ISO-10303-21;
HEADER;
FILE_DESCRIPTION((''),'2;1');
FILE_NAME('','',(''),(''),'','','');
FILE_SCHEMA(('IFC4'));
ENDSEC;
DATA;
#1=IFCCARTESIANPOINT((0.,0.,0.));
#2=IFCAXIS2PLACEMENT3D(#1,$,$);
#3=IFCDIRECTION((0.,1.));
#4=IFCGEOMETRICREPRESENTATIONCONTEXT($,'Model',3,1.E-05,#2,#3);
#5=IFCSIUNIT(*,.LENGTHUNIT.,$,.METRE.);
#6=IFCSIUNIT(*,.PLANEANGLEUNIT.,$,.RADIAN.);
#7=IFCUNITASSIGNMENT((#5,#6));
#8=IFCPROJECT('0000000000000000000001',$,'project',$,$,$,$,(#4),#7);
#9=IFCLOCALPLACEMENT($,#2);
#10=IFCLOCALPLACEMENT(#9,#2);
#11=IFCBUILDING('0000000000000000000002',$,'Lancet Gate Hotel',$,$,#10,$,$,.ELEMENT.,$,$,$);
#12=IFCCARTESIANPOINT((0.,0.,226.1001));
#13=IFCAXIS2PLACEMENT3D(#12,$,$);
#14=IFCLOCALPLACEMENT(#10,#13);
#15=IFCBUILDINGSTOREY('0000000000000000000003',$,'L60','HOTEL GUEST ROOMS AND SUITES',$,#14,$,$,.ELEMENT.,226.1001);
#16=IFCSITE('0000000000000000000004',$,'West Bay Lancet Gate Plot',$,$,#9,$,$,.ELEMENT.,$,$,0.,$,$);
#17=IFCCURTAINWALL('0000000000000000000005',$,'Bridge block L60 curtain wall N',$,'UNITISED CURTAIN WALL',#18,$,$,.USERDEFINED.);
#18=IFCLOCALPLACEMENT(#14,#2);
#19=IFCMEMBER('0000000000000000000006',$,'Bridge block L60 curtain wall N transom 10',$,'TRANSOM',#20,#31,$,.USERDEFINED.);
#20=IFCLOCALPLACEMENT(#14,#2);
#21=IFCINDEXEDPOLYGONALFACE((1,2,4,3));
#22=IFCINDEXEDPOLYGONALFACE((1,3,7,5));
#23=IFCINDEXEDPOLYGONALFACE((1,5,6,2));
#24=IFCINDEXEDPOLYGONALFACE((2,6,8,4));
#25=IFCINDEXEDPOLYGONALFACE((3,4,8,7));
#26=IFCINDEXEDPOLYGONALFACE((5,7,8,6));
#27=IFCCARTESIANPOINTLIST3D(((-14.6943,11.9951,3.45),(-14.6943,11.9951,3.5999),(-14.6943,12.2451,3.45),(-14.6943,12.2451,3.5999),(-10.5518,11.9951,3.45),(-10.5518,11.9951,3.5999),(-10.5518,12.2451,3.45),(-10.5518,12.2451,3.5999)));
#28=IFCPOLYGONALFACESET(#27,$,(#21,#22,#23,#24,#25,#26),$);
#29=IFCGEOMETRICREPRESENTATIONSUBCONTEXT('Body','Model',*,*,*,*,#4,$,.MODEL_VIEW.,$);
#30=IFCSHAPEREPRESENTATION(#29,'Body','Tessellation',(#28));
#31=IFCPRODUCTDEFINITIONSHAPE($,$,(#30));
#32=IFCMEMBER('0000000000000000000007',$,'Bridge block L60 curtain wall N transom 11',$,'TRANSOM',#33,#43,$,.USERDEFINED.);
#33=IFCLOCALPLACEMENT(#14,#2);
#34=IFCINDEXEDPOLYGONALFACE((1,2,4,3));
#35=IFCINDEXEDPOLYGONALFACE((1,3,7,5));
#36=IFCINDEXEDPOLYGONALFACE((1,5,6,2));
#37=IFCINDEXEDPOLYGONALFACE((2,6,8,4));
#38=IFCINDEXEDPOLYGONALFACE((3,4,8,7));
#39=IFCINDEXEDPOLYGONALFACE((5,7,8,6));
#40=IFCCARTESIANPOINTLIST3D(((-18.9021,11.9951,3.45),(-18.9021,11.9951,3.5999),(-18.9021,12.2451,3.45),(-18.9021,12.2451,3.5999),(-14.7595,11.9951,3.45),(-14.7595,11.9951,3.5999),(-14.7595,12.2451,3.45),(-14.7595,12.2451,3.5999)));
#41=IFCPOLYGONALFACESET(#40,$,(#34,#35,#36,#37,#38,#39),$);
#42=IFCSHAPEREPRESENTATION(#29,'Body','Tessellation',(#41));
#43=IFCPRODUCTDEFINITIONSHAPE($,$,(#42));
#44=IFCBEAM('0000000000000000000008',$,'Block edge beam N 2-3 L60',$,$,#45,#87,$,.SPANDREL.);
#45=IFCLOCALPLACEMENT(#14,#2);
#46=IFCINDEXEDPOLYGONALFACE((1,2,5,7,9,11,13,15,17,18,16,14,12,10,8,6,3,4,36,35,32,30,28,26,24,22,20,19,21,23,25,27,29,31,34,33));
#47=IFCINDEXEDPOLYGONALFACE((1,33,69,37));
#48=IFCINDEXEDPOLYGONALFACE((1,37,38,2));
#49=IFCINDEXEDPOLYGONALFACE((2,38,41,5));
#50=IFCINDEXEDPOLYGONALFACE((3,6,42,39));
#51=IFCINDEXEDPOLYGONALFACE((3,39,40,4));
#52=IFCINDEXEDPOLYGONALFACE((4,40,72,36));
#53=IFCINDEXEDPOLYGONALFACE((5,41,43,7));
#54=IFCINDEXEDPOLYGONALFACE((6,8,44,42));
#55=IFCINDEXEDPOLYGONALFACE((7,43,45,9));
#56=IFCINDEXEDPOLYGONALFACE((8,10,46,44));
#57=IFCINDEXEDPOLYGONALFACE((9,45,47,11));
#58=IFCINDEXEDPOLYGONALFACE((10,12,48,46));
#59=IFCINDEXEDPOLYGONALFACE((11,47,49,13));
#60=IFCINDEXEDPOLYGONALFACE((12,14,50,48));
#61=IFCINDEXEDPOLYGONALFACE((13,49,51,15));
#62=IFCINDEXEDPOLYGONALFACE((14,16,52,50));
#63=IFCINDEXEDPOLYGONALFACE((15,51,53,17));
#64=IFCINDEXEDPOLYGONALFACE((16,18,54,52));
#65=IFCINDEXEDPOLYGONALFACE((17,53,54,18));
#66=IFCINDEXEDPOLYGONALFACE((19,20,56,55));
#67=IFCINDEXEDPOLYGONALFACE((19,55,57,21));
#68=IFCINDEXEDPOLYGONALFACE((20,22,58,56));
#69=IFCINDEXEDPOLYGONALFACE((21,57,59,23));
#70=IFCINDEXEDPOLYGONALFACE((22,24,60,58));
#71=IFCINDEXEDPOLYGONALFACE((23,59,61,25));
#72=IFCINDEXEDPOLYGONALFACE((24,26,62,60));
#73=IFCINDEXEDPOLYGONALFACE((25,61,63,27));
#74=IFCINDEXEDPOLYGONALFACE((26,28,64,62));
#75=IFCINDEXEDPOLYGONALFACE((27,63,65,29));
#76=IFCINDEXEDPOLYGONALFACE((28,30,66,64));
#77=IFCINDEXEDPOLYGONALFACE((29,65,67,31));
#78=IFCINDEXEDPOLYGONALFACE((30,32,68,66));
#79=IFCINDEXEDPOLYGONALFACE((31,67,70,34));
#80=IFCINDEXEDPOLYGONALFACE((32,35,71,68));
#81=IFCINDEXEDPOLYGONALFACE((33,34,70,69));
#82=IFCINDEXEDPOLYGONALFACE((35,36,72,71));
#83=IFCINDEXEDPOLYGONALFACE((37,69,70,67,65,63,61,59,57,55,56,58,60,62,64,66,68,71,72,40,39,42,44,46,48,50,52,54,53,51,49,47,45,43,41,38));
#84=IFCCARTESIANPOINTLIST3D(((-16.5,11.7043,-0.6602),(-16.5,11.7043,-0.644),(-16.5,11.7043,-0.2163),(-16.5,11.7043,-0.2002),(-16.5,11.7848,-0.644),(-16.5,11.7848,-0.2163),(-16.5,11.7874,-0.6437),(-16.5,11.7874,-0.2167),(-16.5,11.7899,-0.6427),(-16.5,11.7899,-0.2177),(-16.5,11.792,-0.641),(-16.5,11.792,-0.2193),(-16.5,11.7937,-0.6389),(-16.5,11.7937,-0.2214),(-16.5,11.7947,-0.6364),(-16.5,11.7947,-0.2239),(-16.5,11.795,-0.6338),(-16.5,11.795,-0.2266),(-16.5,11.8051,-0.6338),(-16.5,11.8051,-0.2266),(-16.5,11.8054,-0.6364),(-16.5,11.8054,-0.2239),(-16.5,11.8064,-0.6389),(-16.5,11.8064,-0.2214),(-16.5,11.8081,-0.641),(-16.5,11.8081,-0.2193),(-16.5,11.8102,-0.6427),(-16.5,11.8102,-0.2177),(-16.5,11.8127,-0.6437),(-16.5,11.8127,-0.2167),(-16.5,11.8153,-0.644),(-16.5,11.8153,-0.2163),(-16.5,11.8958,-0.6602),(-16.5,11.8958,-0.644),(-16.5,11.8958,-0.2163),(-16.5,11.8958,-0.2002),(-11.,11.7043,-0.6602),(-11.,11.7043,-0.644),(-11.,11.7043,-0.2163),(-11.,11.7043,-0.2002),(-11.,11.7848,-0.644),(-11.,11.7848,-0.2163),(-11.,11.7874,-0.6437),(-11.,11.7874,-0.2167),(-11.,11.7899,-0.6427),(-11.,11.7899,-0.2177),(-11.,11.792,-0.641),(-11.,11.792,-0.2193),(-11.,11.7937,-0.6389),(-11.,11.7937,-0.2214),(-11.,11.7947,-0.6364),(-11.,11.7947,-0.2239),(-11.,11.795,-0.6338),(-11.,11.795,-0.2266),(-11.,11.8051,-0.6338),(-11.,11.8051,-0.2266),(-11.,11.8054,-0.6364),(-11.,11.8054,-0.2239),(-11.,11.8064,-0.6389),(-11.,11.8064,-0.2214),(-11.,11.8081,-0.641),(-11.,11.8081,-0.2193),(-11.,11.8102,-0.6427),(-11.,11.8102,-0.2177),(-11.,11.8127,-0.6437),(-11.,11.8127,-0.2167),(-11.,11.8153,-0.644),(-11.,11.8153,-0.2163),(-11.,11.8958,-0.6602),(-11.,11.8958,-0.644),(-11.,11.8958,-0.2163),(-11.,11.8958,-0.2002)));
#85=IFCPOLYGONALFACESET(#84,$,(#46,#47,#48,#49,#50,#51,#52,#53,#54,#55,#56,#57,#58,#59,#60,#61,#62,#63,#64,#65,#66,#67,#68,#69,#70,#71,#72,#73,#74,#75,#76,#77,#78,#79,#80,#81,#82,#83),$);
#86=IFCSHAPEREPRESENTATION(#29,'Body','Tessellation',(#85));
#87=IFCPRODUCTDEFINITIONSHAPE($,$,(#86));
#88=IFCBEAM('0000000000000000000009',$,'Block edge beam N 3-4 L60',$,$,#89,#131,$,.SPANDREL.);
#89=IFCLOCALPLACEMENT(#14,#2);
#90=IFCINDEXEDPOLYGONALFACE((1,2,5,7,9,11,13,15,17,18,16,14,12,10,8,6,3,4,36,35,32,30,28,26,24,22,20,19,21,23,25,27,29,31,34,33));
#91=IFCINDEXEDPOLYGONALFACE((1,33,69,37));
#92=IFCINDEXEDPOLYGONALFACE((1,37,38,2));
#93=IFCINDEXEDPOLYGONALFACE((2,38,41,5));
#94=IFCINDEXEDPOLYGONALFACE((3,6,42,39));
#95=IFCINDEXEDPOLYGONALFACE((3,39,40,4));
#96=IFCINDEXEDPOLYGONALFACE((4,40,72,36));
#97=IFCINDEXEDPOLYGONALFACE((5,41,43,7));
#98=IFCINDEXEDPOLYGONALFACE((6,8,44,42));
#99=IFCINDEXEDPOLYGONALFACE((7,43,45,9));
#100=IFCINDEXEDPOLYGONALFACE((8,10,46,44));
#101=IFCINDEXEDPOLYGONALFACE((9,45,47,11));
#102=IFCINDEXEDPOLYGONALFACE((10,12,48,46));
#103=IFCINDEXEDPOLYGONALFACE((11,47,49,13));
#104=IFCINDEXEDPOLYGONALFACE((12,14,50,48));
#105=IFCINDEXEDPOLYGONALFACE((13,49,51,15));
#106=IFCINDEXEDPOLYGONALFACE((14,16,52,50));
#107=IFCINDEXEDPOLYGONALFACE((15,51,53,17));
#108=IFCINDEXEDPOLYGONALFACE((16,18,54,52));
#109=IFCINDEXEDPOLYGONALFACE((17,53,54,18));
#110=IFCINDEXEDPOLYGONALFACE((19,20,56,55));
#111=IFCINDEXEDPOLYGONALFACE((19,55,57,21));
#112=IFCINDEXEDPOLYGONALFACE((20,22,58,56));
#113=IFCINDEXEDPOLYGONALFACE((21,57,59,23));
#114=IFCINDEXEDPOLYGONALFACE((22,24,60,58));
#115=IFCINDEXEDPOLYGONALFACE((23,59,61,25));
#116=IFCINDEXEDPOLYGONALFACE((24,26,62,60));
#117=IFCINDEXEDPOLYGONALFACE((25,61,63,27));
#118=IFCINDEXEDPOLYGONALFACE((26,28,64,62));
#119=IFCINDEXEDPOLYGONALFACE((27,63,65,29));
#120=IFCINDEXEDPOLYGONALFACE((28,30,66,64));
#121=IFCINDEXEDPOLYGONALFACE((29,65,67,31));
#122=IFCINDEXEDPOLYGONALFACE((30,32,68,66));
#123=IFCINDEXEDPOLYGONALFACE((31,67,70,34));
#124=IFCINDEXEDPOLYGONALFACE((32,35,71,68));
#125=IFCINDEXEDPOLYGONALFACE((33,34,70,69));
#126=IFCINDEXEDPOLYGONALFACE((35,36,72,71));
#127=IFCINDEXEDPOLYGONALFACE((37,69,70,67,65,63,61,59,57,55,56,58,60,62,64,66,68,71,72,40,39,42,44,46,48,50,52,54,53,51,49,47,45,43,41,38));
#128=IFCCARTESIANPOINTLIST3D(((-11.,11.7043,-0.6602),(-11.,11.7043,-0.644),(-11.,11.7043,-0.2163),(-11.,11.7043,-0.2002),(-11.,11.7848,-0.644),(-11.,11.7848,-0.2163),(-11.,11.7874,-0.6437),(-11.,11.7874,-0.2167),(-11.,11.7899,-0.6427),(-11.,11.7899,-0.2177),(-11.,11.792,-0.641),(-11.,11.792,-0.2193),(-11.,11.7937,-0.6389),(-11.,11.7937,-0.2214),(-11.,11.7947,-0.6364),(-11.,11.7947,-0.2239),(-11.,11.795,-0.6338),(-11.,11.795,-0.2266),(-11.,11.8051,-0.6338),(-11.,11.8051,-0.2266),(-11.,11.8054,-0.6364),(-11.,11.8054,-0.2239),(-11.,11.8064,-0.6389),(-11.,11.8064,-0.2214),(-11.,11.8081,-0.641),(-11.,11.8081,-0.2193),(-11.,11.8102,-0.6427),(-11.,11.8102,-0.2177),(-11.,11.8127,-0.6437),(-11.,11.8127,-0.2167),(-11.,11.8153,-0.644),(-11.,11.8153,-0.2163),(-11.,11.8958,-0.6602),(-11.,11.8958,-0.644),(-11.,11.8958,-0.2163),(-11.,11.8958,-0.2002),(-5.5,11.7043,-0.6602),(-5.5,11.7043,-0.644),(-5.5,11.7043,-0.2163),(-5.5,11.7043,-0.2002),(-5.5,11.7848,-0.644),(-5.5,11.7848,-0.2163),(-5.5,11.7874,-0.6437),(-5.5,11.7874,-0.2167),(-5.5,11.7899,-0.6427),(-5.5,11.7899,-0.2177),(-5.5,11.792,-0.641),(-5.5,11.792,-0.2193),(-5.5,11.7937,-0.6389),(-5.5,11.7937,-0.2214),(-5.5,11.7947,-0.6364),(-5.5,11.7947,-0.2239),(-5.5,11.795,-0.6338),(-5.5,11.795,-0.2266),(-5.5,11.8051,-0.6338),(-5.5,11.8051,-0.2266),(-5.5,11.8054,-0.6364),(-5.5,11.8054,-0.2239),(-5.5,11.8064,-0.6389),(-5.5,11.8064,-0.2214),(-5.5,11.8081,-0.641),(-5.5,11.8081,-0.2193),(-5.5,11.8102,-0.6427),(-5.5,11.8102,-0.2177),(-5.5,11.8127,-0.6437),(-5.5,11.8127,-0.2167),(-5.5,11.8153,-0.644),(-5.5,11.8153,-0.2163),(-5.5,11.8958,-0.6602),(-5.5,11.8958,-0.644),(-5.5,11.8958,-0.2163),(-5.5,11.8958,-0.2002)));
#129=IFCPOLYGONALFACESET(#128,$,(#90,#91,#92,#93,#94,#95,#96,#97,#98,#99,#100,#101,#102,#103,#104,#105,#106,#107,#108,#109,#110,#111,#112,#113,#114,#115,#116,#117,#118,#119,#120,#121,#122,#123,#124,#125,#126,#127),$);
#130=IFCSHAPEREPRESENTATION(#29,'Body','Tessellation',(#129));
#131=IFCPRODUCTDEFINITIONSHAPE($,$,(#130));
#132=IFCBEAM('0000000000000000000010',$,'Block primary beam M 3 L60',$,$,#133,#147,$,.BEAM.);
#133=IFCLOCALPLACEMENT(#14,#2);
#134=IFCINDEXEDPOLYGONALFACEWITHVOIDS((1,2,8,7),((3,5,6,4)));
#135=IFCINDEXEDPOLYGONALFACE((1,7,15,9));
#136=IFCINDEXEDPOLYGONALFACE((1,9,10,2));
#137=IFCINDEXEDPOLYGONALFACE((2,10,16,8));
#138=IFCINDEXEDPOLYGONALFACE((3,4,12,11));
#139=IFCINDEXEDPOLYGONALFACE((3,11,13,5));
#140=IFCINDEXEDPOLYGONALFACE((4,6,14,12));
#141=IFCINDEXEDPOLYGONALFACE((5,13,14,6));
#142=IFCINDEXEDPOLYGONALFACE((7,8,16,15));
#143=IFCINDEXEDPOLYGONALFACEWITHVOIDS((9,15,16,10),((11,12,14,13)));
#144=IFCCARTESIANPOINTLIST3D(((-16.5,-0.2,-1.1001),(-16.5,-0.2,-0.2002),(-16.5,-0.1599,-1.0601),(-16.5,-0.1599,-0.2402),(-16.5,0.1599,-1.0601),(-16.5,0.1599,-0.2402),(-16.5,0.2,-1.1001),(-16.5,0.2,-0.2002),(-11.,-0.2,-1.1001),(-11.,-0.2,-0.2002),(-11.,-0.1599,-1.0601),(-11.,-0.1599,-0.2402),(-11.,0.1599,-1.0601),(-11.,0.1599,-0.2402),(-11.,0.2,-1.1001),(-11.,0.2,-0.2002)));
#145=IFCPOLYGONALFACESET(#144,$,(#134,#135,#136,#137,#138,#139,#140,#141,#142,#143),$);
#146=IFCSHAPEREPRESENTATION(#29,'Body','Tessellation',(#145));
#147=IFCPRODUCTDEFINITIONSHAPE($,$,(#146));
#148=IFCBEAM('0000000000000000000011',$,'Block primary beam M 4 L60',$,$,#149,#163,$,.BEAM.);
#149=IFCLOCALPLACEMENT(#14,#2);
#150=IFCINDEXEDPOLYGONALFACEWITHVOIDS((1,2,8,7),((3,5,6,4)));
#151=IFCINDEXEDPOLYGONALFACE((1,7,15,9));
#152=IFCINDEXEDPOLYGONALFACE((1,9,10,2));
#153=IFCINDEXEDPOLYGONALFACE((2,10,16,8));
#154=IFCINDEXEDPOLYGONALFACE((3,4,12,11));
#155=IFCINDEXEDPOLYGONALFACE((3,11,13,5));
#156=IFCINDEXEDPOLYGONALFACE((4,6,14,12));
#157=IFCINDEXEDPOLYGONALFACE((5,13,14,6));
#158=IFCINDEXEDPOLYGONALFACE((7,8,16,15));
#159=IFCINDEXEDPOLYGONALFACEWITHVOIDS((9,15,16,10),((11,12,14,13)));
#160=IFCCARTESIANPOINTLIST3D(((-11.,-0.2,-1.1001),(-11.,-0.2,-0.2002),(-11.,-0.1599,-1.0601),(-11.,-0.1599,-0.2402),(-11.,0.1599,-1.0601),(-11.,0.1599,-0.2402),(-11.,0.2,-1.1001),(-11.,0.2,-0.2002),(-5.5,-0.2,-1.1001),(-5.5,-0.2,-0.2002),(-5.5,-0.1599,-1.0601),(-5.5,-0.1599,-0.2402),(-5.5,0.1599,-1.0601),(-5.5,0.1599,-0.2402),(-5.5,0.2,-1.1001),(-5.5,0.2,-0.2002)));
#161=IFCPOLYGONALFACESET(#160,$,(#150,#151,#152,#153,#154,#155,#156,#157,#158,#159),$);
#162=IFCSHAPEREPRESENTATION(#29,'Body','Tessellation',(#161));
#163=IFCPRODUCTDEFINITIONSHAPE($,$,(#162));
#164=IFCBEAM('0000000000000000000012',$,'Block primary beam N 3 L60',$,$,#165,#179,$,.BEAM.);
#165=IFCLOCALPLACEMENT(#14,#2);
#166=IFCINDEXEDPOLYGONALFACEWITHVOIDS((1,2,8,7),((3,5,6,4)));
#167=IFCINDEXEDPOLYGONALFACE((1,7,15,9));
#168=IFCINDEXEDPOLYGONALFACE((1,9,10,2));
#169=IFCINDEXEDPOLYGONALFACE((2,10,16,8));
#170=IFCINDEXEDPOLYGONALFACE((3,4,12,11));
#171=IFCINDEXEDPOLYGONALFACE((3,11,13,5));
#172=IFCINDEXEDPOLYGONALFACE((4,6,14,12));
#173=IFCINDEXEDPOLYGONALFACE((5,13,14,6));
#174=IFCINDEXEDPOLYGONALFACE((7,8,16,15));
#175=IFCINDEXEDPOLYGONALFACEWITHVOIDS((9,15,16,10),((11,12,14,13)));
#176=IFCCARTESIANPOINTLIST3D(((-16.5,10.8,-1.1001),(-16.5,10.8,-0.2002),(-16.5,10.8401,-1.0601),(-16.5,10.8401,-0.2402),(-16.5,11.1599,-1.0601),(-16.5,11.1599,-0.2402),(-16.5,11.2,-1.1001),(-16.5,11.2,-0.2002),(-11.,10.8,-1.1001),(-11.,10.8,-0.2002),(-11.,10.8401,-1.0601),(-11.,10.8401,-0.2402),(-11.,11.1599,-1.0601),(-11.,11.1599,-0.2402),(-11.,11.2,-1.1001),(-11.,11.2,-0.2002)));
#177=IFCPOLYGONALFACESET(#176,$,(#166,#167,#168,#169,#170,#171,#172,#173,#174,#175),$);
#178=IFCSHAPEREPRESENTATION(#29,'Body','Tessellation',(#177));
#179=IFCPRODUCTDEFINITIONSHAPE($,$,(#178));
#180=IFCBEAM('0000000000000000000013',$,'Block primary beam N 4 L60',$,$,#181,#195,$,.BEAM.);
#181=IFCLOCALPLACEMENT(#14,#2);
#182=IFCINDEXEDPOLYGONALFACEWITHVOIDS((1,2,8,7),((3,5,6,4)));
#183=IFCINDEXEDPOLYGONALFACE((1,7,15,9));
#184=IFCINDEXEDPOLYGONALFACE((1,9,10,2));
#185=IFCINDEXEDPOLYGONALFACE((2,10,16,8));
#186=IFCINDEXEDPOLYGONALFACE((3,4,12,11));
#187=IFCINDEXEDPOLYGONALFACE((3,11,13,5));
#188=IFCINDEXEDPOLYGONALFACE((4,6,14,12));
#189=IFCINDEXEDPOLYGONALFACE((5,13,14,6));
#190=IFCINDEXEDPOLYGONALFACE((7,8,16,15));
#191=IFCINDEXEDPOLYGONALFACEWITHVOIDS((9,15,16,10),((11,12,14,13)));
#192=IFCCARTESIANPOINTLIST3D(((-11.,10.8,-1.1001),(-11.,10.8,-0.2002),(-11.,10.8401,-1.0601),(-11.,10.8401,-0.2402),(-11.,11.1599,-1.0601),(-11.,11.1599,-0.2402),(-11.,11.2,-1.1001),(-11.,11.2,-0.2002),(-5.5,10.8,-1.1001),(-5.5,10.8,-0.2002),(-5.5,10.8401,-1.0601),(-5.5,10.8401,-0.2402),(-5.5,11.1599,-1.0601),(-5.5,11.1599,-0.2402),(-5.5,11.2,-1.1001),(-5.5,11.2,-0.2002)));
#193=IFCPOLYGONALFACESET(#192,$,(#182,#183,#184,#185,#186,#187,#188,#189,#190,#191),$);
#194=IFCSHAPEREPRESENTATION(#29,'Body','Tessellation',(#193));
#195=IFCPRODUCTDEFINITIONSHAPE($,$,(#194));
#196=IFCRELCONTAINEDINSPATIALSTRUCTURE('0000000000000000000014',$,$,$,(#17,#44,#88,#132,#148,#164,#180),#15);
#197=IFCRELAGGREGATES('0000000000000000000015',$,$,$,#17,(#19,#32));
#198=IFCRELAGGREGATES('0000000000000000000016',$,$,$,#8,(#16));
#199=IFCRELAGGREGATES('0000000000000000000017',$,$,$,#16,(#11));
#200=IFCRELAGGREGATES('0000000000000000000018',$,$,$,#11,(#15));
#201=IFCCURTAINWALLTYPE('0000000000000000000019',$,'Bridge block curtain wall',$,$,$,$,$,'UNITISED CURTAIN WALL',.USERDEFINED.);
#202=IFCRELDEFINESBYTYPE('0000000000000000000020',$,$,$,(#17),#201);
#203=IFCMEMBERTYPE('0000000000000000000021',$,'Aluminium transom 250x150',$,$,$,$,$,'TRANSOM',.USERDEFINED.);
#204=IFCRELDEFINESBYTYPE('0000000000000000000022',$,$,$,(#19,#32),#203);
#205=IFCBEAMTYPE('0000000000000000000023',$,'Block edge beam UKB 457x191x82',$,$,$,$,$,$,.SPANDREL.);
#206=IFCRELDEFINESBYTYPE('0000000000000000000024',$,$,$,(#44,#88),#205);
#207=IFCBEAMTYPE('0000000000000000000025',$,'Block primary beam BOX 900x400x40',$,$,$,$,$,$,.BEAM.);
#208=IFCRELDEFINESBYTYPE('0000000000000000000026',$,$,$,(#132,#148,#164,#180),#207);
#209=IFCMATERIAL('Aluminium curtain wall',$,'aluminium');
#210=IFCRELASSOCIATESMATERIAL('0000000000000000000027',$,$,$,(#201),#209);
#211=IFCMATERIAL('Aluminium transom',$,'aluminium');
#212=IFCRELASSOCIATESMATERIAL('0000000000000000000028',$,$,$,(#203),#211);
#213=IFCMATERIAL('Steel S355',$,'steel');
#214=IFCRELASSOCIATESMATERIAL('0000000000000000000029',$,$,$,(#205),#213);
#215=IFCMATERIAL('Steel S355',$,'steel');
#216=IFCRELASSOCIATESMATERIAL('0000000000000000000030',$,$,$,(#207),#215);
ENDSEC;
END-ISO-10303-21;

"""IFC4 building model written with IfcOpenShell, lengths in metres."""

from ifc_helpers import new_model, si_unit, direction, frame, origin, origin_2d, place, context, subcontext, project, spatial, rectangle, hollow_rectangle, i_section, extrude, material, material_profile, profile_set, type_object, element, aggregate, save


model = new_model("IFC4")

# Units and contexts
model_context = context("Model", 3, precision=1e-05, world=origin(), true_north=direction((0.0, 1.0)))
body_context = subcontext(model_context, "Body", "Model", "MODEL_VIEW")
ifc_project = project(units=[si_unit("LENGTHUNIT", "METRE"), si_unit("PLANEANGLEUNIT", "RADIAN")], contexts=[model_context])

# Site, building, storey
site_placement = place(None, origin())
site = spatial("IfcSite", under=ifc_project, at=site_placement, Name="West Bay Lancet Gate Plot", CompositionType="ELEMENT", RefElevation=0.0)
building_placement = place(site_placement, origin())
building = spatial("IfcBuilding", under=site, at=building_placement, Name="Lancet Gate Hotel", CompositionType="ELEMENT")
storey_placement = place(building_placement, frame((0.0, 0.0, 226.1001)))
storey = spatial("IfcBuildingStorey", under=building, at=storey_placement, Name="L60", Description="HOTEL GUEST ROOMS AND SUITES", CompositionType="ELEMENT", Elevation=226.1001)

# Curtain wall, members
ifc_material_1 = material(Name="Aluminium curtain wall", Category="aluminium")
curtain_wall_type = type_object("IfcCurtainWallType", Name="Bridge block curtain wall", ElementType="UNITISED CURTAIN WALL", PredefinedType="USERDEFINED", material=ifc_material_1)
curtain_wall_placement = place(storey_placement, origin())
curtain_wall = element("IfcCurtainWall", 1, at=curtain_wall_placement, inside=storey, type_object=curtain_wall_type, Name="Bridge block L60 curtain wall N", ObjectType="UNITISED CURTAIN WALL", PredefinedType="USERDEFINED")
ifc_material_2 = material(Name="Aluminium transom", Category="aluminium")
ifc_material_profile_1 = material_profile(ifc_material_2, rectangle(XDim=0.25, YDim=0.1499, at=origin_2d()), Name="TRANSOM 250x150")
ifc_profile_set_1 = profile_set([ifc_material_profile_1], Name="Aluminium transom")
member_type_1 = type_object("IfcMemberType", Name="Aluminium transom 250x150", ElementType="TRANSOM", PredefinedType="USERDEFINED", material=ifc_profile_set_1)
member_1_placement = place(storey_placement, frame((-10.5518, 12.1201, 3.5249), z_axis=(-1.0, 0.0, 0.0), x_axis=(0.0, -1.0, 0.0)))
member_1 = element("IfcMember", 2, at=member_1_placement, type_object=member_type_1, Name="Bridge block L60 curtain wall N transom 10", ObjectType="TRANSOM", PredefinedType="USERDEFINED", context=body_context, shape_type="SweptSolid", body=[
    extrude(rectangle(XDim=0.25, YDim=0.1499, at=origin_2d()), origin(), (0.0, 0.0, 1.0), 4.1426),
])
member_2_placement = place(storey_placement, frame((-14.7595, 12.1201, 3.5249), z_axis=(-1.0, 0.0, 0.0), x_axis=(0.0, -1.0, 0.0)))
member_2 = element("IfcMember", 3, at=member_2_placement, type_object=member_type_1, Name="Bridge block L60 curtain wall N transom 11", ObjectType="TRANSOM", PredefinedType="USERDEFINED", context=body_context, shape_type="SweptSolid", body=[
    extrude(rectangle(XDim=0.25, YDim=0.1499, at=origin_2d()), origin(), (0.0, 0.0, 1.0), 4.1426),
])

# Beams
ifc_material_3 = material(Name="Steel S355", Category="steel")
ifc_material_profile_2 = material_profile(ifc_material_3, i_section(OverallWidth=0.1914, OverallDepth=0.46, WebThickness=0.01, FlangeThickness=0.0161, FilletRadius=0.0103, at=origin_2d()), Name="UKB 457x191x82")
ifc_profile_set_2 = profile_set([ifc_material_profile_2], Name="Steel S355")
beam_type_1 = type_object("IfcBeamType", Name="Block edge beam UKB 457x191x82", PredefinedType="SPANDREL", material=ifc_profile_set_2)
for number, where, z_axis, x_axis, name in (
    (4, (-16.5, 11.8, -0.4302), (1.0, 0.0, 0.0), (0.0, 1.0, 0.0), "Block edge beam N 2-3 L60"),
    (5, (-11.0, 11.8, -0.4302), (1.0, 0.0, 0.0), (0.0, 1.0, 0.0), "Block edge beam N 3-4 L60"),
):
    element("IfcBeam", number, at=place(storey_placement, frame(where, z_axis=z_axis, x_axis=x_axis)), inside=storey, type_object=beam_type_1, Name=name, PredefinedType="SPANDREL", context=body_context, shape_type="SweptSolid", body=[
        extrude(i_section(OverallWidth=0.1914, OverallDepth=0.46, WebThickness=0.01, FlangeThickness=0.0161, FilletRadius=0.0103, at=origin_2d()), origin(), (0.0, 0.0, 1.0), 5.5),
    ])
ifc_material_4 = material(Name="Steel S355", Category="steel")
ifc_material_profile_3 = material_profile(ifc_material_4, hollow_rectangle(XDim=0.3999, YDim=0.8999, WallThickness=0.04, at=origin_2d()), Name="BOX 900x400x40")
ifc_profile_set_3 = profile_set([ifc_material_profile_3], Name="Steel S355")
beam_type_2 = type_object("IfcBeamType", Name="Block primary beam BOX 900x400x40", PredefinedType="BEAM", material=ifc_profile_set_3)
for number, where, z_axis, x_axis, name in (
    (6, (-16.5, 0.0, -0.6501), (1.0, 0.0, 0.0), (0.0, 1.0, 0.0), "Block primary beam M 3 L60"),
    (7, (-11.0, 0.0, -0.6501), (1.0, 0.0, 0.0), (0.0, 1.0, 0.0), "Block primary beam M 4 L60"),
    (8, (-16.5, 11.0, -0.6501), (1.0, 0.0, 0.0), (0.0, 1.0, 0.0), "Block primary beam N 3 L60"),
    (9, (-11.0, 11.0, -0.6501), (1.0, 0.0, 0.0), (0.0, 1.0, 0.0), "Block primary beam N 4 L60"),
):
    element("IfcBeam", number, at=place(storey_placement, frame(where, z_axis=z_axis, x_axis=x_axis)), inside=storey, type_object=beam_type_2, Name=name, PredefinedType="BEAM", context=body_context, shape_type="SweptSolid", body=[
        extrude(hollow_rectangle(XDim=0.3999, YDim=0.8999, WallThickness=0.04, at=origin_2d()), origin(), (0.0, 0.0, 1.0), 5.5),
    ])

aggregate(curtain_wall, [member_1, member_2])

save(model, "model.ifc")
